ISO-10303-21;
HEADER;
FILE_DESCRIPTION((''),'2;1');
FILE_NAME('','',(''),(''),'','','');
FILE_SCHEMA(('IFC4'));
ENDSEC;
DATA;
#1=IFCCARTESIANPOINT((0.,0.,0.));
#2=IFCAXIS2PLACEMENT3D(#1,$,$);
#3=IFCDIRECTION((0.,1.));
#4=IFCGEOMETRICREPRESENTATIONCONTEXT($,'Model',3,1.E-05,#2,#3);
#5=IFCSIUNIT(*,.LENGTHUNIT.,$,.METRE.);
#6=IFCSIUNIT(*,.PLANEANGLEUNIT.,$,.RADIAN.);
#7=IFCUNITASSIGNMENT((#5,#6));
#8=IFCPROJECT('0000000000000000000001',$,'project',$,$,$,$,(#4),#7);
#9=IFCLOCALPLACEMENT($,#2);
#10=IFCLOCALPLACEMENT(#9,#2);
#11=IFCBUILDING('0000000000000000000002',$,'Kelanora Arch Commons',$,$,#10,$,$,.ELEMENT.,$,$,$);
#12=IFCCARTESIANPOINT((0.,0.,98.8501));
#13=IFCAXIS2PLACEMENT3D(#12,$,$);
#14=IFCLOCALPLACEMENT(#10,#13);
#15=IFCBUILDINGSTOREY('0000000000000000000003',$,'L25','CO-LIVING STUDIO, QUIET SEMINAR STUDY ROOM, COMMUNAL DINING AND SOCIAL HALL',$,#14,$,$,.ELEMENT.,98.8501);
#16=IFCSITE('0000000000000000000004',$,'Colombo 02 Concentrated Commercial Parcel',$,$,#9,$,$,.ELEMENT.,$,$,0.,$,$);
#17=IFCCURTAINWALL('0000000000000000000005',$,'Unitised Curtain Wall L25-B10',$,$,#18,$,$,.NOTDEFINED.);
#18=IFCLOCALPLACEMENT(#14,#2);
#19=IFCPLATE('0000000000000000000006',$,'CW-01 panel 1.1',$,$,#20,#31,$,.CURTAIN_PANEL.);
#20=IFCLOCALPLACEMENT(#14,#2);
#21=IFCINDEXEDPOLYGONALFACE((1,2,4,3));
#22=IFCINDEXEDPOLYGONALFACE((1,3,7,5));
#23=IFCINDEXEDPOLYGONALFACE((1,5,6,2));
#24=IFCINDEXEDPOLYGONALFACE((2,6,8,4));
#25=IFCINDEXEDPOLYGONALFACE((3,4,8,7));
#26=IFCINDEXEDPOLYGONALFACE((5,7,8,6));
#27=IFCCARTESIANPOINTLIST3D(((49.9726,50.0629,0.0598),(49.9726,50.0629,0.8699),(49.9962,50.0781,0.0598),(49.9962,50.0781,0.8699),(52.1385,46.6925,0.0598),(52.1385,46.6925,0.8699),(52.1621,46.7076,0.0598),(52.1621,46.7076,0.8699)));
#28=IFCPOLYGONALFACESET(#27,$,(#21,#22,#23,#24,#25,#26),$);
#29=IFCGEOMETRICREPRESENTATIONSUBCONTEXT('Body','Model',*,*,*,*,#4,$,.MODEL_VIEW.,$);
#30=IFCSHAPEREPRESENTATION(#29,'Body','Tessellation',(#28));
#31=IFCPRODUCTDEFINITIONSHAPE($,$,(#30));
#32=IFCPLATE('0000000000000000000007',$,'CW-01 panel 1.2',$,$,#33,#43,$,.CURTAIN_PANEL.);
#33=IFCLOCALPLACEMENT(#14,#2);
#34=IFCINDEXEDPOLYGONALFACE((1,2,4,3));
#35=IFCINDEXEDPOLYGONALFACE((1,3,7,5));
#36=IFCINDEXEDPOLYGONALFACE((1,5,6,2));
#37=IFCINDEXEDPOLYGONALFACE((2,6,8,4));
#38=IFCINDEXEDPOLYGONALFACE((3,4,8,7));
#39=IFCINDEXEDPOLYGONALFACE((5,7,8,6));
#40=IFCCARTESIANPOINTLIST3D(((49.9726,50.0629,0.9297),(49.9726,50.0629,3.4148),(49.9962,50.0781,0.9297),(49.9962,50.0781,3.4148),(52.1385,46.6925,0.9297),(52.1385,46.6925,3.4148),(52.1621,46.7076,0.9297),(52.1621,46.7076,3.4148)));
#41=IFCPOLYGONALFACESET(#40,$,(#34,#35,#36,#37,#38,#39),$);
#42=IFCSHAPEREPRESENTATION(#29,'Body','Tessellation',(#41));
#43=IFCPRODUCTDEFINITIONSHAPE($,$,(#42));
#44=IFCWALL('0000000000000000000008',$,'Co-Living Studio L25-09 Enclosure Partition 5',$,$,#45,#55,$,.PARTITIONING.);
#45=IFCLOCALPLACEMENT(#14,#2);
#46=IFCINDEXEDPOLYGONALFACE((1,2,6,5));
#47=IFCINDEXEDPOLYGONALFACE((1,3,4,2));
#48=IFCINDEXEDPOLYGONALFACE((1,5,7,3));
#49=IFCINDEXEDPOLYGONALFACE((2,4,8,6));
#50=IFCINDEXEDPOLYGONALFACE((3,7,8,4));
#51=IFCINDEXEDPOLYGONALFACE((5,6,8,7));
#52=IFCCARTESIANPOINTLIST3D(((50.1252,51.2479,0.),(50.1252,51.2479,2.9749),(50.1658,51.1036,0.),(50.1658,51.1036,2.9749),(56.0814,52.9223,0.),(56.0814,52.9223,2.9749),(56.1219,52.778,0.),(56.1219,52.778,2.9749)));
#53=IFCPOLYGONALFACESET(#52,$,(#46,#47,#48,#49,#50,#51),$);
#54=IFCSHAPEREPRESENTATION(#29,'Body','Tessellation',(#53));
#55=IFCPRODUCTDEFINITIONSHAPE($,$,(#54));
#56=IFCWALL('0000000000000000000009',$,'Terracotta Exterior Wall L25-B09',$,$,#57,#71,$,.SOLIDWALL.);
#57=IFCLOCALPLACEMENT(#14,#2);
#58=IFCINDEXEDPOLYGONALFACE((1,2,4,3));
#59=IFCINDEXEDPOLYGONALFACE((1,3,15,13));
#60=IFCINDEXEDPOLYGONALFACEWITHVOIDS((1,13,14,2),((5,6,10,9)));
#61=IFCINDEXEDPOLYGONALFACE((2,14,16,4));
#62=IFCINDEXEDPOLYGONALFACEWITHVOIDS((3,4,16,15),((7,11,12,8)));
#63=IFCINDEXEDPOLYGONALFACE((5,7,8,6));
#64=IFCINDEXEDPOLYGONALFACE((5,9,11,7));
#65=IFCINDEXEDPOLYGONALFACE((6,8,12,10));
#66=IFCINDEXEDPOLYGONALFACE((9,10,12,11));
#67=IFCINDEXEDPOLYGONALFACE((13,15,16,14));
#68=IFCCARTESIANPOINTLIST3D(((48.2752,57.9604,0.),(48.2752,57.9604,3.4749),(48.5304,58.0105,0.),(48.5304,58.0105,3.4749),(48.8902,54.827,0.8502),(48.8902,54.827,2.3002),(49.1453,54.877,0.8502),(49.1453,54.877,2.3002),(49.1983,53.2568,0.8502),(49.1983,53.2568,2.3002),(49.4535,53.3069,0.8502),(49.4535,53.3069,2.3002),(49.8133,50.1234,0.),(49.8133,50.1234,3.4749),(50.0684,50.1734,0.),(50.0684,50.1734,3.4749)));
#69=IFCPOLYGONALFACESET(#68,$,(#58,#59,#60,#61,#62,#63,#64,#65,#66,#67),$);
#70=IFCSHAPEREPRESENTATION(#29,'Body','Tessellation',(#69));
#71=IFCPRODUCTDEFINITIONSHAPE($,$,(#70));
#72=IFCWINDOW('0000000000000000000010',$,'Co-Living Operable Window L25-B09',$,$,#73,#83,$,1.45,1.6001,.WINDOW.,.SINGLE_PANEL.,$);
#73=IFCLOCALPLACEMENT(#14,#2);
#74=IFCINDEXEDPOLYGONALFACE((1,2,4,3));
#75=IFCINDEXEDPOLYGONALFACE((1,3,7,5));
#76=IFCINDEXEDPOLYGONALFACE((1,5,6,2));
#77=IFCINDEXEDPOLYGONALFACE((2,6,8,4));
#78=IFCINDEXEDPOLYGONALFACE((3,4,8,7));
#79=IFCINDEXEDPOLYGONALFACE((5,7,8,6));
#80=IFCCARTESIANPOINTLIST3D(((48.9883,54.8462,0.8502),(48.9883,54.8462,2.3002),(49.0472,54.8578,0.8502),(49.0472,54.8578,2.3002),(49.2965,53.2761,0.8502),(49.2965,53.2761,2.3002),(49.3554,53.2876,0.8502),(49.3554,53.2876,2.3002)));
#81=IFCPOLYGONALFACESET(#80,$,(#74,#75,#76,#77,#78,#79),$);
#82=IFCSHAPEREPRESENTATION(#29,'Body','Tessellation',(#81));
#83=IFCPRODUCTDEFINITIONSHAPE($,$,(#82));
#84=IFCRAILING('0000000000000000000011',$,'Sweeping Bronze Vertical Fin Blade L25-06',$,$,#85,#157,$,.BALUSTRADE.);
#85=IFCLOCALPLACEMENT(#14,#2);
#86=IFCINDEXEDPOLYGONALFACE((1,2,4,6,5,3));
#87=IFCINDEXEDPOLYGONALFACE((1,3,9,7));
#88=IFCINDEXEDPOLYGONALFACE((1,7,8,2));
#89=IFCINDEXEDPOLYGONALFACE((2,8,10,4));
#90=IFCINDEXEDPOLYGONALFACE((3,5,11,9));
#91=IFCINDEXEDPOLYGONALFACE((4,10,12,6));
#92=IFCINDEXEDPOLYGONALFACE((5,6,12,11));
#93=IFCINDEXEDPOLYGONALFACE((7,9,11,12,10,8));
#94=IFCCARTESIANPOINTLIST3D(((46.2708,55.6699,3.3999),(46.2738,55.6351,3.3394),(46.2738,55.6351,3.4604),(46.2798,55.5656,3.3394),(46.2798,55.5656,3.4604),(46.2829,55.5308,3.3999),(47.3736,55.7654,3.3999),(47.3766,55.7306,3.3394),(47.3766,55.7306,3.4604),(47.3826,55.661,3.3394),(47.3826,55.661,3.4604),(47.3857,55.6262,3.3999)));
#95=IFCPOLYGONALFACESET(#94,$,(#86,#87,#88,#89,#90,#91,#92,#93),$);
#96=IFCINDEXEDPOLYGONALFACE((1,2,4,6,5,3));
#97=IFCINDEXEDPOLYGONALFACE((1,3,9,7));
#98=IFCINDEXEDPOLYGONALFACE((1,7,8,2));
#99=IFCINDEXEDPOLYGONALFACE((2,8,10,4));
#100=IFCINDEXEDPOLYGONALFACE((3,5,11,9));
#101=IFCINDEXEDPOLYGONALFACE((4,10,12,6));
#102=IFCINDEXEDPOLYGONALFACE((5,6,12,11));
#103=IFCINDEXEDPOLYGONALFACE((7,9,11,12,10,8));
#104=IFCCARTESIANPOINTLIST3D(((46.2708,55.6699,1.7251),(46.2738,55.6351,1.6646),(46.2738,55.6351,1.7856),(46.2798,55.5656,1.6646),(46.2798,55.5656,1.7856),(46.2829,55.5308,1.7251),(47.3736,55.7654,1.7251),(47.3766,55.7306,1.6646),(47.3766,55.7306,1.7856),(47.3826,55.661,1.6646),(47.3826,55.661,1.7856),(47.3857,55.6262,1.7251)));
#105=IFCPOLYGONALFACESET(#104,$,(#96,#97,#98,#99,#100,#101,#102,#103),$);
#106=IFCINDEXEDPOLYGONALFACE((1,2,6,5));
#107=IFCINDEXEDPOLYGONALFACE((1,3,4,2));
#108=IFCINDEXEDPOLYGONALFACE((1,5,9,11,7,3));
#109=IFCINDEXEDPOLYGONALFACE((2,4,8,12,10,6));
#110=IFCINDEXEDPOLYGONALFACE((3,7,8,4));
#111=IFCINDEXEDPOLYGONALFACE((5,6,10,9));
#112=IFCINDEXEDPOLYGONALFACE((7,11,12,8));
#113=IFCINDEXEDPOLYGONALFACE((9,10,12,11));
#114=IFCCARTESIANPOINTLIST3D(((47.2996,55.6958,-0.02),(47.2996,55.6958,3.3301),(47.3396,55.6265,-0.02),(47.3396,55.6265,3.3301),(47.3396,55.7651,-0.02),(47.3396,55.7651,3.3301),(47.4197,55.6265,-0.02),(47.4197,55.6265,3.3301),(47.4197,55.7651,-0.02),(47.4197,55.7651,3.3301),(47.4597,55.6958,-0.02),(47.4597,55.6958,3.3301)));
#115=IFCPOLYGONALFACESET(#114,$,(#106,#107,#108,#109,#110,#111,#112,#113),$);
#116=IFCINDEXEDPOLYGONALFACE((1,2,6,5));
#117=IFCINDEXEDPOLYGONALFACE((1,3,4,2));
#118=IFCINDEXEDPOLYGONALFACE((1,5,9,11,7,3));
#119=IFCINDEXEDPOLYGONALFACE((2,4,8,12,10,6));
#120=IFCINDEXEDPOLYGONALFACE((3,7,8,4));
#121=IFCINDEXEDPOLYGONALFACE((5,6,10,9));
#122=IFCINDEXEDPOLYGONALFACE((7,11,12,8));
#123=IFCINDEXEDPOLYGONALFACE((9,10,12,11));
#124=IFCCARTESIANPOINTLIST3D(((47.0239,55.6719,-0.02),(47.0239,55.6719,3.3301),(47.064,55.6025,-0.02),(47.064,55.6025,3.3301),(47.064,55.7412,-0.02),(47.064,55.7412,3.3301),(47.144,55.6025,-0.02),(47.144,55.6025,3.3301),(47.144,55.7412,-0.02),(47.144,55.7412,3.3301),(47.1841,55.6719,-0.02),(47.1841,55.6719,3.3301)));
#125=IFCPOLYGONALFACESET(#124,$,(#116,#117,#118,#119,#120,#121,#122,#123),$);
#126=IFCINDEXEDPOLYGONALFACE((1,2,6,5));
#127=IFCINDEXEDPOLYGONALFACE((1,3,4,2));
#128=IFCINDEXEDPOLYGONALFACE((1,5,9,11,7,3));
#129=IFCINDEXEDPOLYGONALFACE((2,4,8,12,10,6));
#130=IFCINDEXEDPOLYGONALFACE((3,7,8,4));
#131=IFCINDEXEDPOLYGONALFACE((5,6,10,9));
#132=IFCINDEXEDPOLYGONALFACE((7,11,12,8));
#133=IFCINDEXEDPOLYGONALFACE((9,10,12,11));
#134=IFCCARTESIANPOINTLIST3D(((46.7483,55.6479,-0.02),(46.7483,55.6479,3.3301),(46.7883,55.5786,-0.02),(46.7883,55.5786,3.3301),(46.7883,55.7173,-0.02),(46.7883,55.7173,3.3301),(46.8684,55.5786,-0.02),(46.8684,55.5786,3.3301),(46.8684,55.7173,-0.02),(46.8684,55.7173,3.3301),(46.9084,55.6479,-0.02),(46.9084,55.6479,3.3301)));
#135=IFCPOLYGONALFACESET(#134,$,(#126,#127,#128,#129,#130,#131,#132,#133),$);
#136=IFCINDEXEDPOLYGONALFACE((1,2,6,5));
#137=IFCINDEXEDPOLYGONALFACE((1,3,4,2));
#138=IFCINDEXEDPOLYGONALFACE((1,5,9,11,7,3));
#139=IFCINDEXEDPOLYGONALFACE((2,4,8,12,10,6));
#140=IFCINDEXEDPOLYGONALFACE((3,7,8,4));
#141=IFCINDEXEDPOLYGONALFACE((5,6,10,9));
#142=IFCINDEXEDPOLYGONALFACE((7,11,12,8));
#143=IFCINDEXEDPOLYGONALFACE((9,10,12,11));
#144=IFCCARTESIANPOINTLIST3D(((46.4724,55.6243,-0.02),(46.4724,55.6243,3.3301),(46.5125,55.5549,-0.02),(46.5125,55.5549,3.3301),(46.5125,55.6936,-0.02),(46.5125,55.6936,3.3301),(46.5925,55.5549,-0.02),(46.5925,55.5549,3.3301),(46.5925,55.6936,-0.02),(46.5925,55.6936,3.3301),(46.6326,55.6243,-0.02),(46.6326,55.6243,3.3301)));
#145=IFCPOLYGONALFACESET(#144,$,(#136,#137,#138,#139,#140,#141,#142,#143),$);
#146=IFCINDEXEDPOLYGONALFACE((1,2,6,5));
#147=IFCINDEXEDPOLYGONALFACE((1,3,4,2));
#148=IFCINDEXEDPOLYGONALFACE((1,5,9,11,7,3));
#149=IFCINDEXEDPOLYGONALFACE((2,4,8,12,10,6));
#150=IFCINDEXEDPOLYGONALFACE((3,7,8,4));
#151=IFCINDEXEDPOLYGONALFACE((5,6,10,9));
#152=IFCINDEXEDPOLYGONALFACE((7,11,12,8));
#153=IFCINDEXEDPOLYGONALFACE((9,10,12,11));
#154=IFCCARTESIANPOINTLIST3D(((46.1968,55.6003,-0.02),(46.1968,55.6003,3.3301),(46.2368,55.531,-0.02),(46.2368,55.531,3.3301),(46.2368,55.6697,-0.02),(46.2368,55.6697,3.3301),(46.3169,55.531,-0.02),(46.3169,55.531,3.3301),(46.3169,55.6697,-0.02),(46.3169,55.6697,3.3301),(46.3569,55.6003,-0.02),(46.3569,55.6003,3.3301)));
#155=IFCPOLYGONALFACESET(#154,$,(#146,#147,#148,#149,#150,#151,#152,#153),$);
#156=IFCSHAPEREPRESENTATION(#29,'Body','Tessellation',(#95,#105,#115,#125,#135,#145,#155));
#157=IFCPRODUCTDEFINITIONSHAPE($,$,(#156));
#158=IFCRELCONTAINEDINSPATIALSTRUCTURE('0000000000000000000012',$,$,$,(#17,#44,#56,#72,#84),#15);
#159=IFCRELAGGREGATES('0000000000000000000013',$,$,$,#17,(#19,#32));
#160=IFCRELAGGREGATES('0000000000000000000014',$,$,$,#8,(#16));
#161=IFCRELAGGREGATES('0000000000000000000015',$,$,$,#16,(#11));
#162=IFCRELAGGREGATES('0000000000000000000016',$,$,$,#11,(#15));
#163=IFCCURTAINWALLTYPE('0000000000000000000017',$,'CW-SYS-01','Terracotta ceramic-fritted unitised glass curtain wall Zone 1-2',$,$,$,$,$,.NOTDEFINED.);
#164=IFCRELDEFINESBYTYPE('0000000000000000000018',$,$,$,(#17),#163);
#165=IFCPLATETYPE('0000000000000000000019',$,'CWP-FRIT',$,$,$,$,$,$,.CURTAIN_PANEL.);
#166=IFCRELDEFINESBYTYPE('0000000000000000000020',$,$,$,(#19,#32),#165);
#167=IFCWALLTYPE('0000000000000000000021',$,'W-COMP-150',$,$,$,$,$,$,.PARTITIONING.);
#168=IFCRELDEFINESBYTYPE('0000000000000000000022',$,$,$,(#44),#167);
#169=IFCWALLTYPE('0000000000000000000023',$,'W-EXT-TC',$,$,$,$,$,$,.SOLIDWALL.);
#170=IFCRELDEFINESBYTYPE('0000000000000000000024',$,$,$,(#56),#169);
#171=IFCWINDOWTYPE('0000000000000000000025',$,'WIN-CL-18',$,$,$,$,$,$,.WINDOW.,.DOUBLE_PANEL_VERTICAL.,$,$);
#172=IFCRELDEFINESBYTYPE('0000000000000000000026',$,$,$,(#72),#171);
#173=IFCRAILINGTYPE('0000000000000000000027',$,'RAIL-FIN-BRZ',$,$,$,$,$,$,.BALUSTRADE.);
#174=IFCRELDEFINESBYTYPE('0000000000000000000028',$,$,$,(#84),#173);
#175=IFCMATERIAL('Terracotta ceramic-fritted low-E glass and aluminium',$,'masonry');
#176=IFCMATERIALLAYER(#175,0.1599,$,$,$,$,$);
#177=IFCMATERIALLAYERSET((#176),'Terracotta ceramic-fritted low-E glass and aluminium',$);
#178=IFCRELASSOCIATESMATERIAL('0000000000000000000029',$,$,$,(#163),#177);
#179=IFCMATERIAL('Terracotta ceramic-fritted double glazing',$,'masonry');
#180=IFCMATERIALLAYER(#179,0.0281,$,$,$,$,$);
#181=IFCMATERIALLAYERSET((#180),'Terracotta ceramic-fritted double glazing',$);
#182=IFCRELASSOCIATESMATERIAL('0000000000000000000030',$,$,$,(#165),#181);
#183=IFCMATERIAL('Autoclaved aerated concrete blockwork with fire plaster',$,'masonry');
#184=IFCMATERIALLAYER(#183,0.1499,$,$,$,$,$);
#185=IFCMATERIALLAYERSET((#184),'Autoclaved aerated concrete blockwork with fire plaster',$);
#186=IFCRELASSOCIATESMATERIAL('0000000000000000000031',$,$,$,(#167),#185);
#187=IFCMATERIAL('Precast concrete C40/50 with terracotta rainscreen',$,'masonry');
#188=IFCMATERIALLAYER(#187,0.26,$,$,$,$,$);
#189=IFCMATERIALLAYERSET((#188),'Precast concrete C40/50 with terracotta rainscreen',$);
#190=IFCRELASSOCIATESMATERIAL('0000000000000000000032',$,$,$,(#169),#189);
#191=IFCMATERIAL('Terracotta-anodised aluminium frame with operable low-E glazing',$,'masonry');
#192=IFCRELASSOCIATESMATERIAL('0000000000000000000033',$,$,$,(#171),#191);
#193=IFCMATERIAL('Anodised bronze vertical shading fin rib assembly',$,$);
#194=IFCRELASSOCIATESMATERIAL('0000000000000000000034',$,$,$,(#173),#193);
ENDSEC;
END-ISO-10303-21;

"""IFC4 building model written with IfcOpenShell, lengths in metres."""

from ifc_helpers import new_model, si_unit, direction, frame, frame_2d, origin, origin_2d, place, context, subcontext, project, spatial, polyline, rectangle, outline, extrude, source, transform, mapped, material, layer, layer_set, type_object, element, fill, aggregate, save


model = new_model("IFC4")

# Units and contexts
model_context = context("Model", 3, precision=1e-05, world=origin(), true_north=direction((0.0, 1.0)))
body_context = subcontext(model_context, "Body", "Model", "MODEL_VIEW")
ifc_project = project(units=[si_unit("LENGTHUNIT", "METRE"), si_unit("PLANEANGLEUNIT", "RADIAN")], contexts=[model_context])

# Site, building, storey
site_placement = place(None, origin())
site = spatial("IfcSite", under=ifc_project, at=site_placement, Name="Colombo 02 Concentrated Commercial Parcel", CompositionType="ELEMENT", RefElevation=0.0)
building_placement = place(site_placement, origin())
building = spatial("IfcBuilding", under=site, at=building_placement, Name="Kelanora Arch Commons", CompositionType="ELEMENT")
storey_placement = place(building_placement, frame((0.0, 0.0, 98.8501)))
storey = spatial("IfcBuildingStorey", under=building, at=storey_placement, Name="L25", Description="CO-LIVING STUDIO, QUIET SEMINAR STUDY ROOM, COMMUNAL DINING AND SOCIAL HALL", CompositionType="ELEMENT", Elevation=98.8501)

# Shared definitions
ifc_material_1 = material(Name="Terracotta ceramic-fritted low-E glass and aluminium", Category="masonry")
ifc_layer_1 = layer(ifc_material_1, 0.1599)
ifc_layer_set_1 = layer_set([ifc_layer_1], Name="Terracotta ceramic-fritted low-E glass and aluminium")
curtain_wall_type = type_object("IfcCurtainWallType", Name="CW-SYS-01", Description="Terracotta ceramic-fritted unitised glass curtain wall Zone 1-2", PredefinedType="NOTDEFINED", material=ifc_layer_set_1)

# Curtain wall
curtain_wall_1_placement = place(storey_placement, origin())
curtain_wall_1 = element("IfcCurtainWall", 1, at=curtain_wall_1_placement, inside=storey, type_object=curtain_wall_type, Name="Unitised Curtain Wall L25-B10", PredefinedType="NOTDEFINED")

# Plates
ifc_material_2 = material(Name="Terracotta ceramic-fritted double glazing", Category="masonry")
ifc_layer_2 = layer(ifc_material_2, 0.0281)
ifc_layer_set_2 = layer_set([ifc_layer_2], Name="Terracotta ceramic-fritted double glazing")
plate_type = type_object("IfcPlateType", Name="CWP-FRIT", PredefinedType="CURTAIN_PANEL", material=ifc_layer_set_2)
shared_shape_1 = source(origin(), body_context, "Body", "SweptSolid", [
    extrude(rectangle(XDim=4.0063, YDim=0.0281, at=origin_2d()), origin(), (0.0, 0.0, 1.0), 0.8101),
])
plate_1_placement = place(storey_placement, frame((51.0674, 48.3853, 0.0598), z_axis=(0.0, 0.0, 1.0), x_axis=(0.540617, -0.841269, 0.0)))
plate_1 = element("IfcPlate", 2, at=plate_1_placement, type_object=plate_type, Name="CW-01 panel 1.1", PredefinedType="CURTAIN_PANEL", context=body_context, shape_type="MappedRepresentation", body=[
    mapped(shared_shape_1, transform((0.0, 0.0, 0.0), scale=1.0)),
])
shared_shape_2 = source(origin(), body_context, "Body", "SweptSolid", [
    extrude(rectangle(XDim=4.0063, YDim=0.0281, at=origin_2d()), origin(), (0.0, 0.0, 1.0), 2.4851),
])
plate_2_placement = place(storey_placement, frame((51.0674, 48.3853, 0.9297), z_axis=(0.0, 0.0, 1.0), x_axis=(0.540617, -0.841269, 0.0)))
plate_2 = element("IfcPlate", 3, at=plate_2_placement, type_object=plate_type, Name="CW-01 panel 1.2", PredefinedType="CURTAIN_PANEL", context=body_context, shape_type="MappedRepresentation", body=[
    mapped(shared_shape_2, transform((0.0, 0.0, 0.0), scale=1.0)),
])
aggregate(curtain_wall_1, [plate_1, plate_2])

# Wall
ifc_material_3 = material(Name="Autoclaved aerated concrete blockwork with fire plaster", Category="masonry")
ifc_layer_3 = layer(ifc_material_3, 0.1499)
ifc_layer_set_3 = layer_set([ifc_layer_3], Name="Autoclaved aerated concrete blockwork with fire plaster")
wall_type_1 = type_object("IfcWallType", Name="W-COMP-150", PredefinedType="PARTITIONING", material=ifc_layer_set_3)
wall_1_placement = place(storey_placement, frame((50.1455, 51.1758, 0.0), z_axis=(0.0, 0.0, 1.0), x_axis=(0.962686, 0.270622, 0.0)))
element("IfcWall", 4, at=wall_1_placement, inside=storey, type_object=wall_type_1, Name="Co-Living Studio L25-09 Enclosure Partition 5", PredefinedType="PARTITIONING", context=body_context, shape_type="SweptSolid", body=[
    extrude(rectangle(XDim=6.187, YDim=0.1499, at=frame_2d((3.0935, 0.0))), origin(), (0.0, 0.0, 1.0), 2.9749),
])

# Wall, opening, window
ifc_material_4 = material(Name="Precast concrete C40/50 with terracotta rainscreen", Category="masonry")
ifc_layer_4 = layer(ifc_material_4, 0.26)
ifc_layer_set_4 = layer_set([ifc_layer_4], Name="Precast concrete C40/50 with terracotta rainscreen")
wall_type_2 = type_object("IfcWallType", Name="W-EXT-TC", PredefinedType="SOLIDWALL", material=ifc_layer_set_4)
wall_2_placement = place(storey_placement, frame((48.4028, 57.9854, 0.0), z_axis=(0.0, 0.0, 1.0), x_axis=(0.192582, -0.981281, 0.0)))
wall_2 = element("IfcWall", 5, at=wall_2_placement, inside=storey, type_object=wall_type_2, Name="Terracotta Exterior Wall L25-B09", PredefinedType="SOLIDWALL", context=body_context, shape_type="SweptSolid", body=[
    extrude(rectangle(XDim=7.9866, YDim=0.26, at=frame_2d((3.9932, 0.0))), origin(), (0.0, 0.0, 1.0), 3.4749),
])
opening_placement = place(wall_2_placement, frame((3.1931, 0.0, 0.8501)))
opening = element("IfcOpeningElement", 6, at=opening_placement, cuts=wall_2, PredefinedType="OPENING", context=body_context, shape_type="SweptSolid", body=[
    extrude(rectangle(XDim=1.6001, YDim=1.45, at=frame_2d((0.8, 0.7251))), frame((0.0, 0.1401, 0.0), z_axis=(0.0, -1.0, 0.0), x_axis=(1.0, 0.0, 0.0)), (0.0, 0.0, 1.0), 0.28),
])
ifc_material_5 = material(Name="Terracotta-anodised aluminium frame with operable low-E glazing", Category="masonry")
window_type = type_object("IfcWindowType", Name="WIN-CL-18", PartitioningType="DOUBLE_PANEL_VERTICAL", PredefinedType="WINDOW", material=ifc_material_5)
window_placement = place(opening_placement, origin())
window = element("IfcWindow", 7, at=window_placement, inside=storey, type_object=window_type, Name="Co-Living Operable Window L25-B09", OverallHeight=1.45, OverallWidth=1.6001, PartitioningType="SINGLE_PANEL", PredefinedType="WINDOW", context=body_context, shape_type="SweptSolid", body=[
    extrude(rectangle(XDim=1.6001, YDim=1.45, at=frame_2d((0.8, 0.7251))), frame((0.0, 0.03, 0.0), z_axis=(0.0, -1.0, 0.0), x_axis=(1.0, 0.0, 0.0)), (0.0, 0.0, 1.0), 0.0601),
])
fill(opening, window)

# Railing
ifc_material_6 = material(Name="Anodised bronze vertical shading fin rib assembly")
railing_type = type_object("IfcRailingType", Name="RAIL-FIN-BRZ", PredefinedType="BALUSTRADE", material=ifc_material_6)
railing_1_placement = place(storey_placement, frame((47.3796, 55.6958, -0.02)))
element("IfcRailing", 8, at=railing_1_placement, inside=storey, type_object=railing_type, Name="Sweeping Bronze Vertical Fin Blade L25-06", PredefinedType="BALUSTRADE", context=body_context, shape_type="SweptSolid", body=[
    extrude(outline(polyline([(0.0698, 0.0), (0.0349, 0.0605), (-0.0349, 0.0605), (-0.0698, 0.0), (-0.0349, -0.0605), (0.0349, -0.0605), (0.0698, 0.0)])), frame((0.0, 0.0, 3.4199), z_axis=(-0.996274, -0.086239, 0.0), x_axis=(0.086239, -0.996274, 0.0)), (0.0, 0.0, 1.0), 1.1069),
    extrude(outline(polyline([(0.0698, 0.0), (0.0349, 0.0605), (-0.0349, 0.0605), (-0.0698, 0.0), (-0.0349, -0.0605), (0.0349, -0.0605), (0.0698, 0.0)])), frame((0.0, 0.0, 1.7451), z_axis=(-0.996274, -0.086239, 0.0), x_axis=(0.086239, -0.996274, 0.0)), (0.0, 0.0, 1.0), 1.1069),
    extrude(outline(polyline([(0.0801, 0.0), (0.04, 0.0693), (-0.04, 0.0693), (-0.0801, 0.0), (-0.04, -0.0693), (0.04, -0.0693), (0.0801, 0.0)])), origin(), (0.0, 0.0, 1.0), 3.3501),
    extrude(outline(polyline([(0.0801, 0.0), (0.04, 0.0693), (-0.04, 0.0693), (-0.0801, 0.0), (-0.04, -0.0693), (0.04, -0.0693), (0.0801, 0.0)])), frame((-0.2756, -0.0239, 0.0)), (0.0, 0.0, 1.0), 3.3501),
    extrude(outline(polyline([(0.0801, 0.0), (0.04, 0.0693), (-0.04, 0.0693), (-0.0801, 0.0), (-0.04, -0.0693), (0.04, -0.0693), (0.0801, 0.0)])), frame((-0.5513, -0.0479, 0.0)), (0.0, 0.0, 1.0), 3.3501),
    extrude(outline(polyline([(0.0801, 0.0), (0.04, 0.0693), (-0.04, 0.0693), (-0.0801, 0.0), (-0.04, -0.0693), (0.04, -0.0693), (0.0801, 0.0)])), frame((-0.8271, -0.0715, 0.0)), (0.0, 0.0, 1.0), 3.3501),
    extrude(outline(polyline([(0.0801, 0.0), (0.04, 0.0693), (-0.04, 0.0693), (-0.0801, 0.0), (-0.04, -0.0693), (0.04, -0.0693), (0.0801, 0.0)])), frame((-1.1028, -0.0955, 0.0)), (0.0, 0.0, 1.0), 3.3501),
])

save(model, "model.ifc")
